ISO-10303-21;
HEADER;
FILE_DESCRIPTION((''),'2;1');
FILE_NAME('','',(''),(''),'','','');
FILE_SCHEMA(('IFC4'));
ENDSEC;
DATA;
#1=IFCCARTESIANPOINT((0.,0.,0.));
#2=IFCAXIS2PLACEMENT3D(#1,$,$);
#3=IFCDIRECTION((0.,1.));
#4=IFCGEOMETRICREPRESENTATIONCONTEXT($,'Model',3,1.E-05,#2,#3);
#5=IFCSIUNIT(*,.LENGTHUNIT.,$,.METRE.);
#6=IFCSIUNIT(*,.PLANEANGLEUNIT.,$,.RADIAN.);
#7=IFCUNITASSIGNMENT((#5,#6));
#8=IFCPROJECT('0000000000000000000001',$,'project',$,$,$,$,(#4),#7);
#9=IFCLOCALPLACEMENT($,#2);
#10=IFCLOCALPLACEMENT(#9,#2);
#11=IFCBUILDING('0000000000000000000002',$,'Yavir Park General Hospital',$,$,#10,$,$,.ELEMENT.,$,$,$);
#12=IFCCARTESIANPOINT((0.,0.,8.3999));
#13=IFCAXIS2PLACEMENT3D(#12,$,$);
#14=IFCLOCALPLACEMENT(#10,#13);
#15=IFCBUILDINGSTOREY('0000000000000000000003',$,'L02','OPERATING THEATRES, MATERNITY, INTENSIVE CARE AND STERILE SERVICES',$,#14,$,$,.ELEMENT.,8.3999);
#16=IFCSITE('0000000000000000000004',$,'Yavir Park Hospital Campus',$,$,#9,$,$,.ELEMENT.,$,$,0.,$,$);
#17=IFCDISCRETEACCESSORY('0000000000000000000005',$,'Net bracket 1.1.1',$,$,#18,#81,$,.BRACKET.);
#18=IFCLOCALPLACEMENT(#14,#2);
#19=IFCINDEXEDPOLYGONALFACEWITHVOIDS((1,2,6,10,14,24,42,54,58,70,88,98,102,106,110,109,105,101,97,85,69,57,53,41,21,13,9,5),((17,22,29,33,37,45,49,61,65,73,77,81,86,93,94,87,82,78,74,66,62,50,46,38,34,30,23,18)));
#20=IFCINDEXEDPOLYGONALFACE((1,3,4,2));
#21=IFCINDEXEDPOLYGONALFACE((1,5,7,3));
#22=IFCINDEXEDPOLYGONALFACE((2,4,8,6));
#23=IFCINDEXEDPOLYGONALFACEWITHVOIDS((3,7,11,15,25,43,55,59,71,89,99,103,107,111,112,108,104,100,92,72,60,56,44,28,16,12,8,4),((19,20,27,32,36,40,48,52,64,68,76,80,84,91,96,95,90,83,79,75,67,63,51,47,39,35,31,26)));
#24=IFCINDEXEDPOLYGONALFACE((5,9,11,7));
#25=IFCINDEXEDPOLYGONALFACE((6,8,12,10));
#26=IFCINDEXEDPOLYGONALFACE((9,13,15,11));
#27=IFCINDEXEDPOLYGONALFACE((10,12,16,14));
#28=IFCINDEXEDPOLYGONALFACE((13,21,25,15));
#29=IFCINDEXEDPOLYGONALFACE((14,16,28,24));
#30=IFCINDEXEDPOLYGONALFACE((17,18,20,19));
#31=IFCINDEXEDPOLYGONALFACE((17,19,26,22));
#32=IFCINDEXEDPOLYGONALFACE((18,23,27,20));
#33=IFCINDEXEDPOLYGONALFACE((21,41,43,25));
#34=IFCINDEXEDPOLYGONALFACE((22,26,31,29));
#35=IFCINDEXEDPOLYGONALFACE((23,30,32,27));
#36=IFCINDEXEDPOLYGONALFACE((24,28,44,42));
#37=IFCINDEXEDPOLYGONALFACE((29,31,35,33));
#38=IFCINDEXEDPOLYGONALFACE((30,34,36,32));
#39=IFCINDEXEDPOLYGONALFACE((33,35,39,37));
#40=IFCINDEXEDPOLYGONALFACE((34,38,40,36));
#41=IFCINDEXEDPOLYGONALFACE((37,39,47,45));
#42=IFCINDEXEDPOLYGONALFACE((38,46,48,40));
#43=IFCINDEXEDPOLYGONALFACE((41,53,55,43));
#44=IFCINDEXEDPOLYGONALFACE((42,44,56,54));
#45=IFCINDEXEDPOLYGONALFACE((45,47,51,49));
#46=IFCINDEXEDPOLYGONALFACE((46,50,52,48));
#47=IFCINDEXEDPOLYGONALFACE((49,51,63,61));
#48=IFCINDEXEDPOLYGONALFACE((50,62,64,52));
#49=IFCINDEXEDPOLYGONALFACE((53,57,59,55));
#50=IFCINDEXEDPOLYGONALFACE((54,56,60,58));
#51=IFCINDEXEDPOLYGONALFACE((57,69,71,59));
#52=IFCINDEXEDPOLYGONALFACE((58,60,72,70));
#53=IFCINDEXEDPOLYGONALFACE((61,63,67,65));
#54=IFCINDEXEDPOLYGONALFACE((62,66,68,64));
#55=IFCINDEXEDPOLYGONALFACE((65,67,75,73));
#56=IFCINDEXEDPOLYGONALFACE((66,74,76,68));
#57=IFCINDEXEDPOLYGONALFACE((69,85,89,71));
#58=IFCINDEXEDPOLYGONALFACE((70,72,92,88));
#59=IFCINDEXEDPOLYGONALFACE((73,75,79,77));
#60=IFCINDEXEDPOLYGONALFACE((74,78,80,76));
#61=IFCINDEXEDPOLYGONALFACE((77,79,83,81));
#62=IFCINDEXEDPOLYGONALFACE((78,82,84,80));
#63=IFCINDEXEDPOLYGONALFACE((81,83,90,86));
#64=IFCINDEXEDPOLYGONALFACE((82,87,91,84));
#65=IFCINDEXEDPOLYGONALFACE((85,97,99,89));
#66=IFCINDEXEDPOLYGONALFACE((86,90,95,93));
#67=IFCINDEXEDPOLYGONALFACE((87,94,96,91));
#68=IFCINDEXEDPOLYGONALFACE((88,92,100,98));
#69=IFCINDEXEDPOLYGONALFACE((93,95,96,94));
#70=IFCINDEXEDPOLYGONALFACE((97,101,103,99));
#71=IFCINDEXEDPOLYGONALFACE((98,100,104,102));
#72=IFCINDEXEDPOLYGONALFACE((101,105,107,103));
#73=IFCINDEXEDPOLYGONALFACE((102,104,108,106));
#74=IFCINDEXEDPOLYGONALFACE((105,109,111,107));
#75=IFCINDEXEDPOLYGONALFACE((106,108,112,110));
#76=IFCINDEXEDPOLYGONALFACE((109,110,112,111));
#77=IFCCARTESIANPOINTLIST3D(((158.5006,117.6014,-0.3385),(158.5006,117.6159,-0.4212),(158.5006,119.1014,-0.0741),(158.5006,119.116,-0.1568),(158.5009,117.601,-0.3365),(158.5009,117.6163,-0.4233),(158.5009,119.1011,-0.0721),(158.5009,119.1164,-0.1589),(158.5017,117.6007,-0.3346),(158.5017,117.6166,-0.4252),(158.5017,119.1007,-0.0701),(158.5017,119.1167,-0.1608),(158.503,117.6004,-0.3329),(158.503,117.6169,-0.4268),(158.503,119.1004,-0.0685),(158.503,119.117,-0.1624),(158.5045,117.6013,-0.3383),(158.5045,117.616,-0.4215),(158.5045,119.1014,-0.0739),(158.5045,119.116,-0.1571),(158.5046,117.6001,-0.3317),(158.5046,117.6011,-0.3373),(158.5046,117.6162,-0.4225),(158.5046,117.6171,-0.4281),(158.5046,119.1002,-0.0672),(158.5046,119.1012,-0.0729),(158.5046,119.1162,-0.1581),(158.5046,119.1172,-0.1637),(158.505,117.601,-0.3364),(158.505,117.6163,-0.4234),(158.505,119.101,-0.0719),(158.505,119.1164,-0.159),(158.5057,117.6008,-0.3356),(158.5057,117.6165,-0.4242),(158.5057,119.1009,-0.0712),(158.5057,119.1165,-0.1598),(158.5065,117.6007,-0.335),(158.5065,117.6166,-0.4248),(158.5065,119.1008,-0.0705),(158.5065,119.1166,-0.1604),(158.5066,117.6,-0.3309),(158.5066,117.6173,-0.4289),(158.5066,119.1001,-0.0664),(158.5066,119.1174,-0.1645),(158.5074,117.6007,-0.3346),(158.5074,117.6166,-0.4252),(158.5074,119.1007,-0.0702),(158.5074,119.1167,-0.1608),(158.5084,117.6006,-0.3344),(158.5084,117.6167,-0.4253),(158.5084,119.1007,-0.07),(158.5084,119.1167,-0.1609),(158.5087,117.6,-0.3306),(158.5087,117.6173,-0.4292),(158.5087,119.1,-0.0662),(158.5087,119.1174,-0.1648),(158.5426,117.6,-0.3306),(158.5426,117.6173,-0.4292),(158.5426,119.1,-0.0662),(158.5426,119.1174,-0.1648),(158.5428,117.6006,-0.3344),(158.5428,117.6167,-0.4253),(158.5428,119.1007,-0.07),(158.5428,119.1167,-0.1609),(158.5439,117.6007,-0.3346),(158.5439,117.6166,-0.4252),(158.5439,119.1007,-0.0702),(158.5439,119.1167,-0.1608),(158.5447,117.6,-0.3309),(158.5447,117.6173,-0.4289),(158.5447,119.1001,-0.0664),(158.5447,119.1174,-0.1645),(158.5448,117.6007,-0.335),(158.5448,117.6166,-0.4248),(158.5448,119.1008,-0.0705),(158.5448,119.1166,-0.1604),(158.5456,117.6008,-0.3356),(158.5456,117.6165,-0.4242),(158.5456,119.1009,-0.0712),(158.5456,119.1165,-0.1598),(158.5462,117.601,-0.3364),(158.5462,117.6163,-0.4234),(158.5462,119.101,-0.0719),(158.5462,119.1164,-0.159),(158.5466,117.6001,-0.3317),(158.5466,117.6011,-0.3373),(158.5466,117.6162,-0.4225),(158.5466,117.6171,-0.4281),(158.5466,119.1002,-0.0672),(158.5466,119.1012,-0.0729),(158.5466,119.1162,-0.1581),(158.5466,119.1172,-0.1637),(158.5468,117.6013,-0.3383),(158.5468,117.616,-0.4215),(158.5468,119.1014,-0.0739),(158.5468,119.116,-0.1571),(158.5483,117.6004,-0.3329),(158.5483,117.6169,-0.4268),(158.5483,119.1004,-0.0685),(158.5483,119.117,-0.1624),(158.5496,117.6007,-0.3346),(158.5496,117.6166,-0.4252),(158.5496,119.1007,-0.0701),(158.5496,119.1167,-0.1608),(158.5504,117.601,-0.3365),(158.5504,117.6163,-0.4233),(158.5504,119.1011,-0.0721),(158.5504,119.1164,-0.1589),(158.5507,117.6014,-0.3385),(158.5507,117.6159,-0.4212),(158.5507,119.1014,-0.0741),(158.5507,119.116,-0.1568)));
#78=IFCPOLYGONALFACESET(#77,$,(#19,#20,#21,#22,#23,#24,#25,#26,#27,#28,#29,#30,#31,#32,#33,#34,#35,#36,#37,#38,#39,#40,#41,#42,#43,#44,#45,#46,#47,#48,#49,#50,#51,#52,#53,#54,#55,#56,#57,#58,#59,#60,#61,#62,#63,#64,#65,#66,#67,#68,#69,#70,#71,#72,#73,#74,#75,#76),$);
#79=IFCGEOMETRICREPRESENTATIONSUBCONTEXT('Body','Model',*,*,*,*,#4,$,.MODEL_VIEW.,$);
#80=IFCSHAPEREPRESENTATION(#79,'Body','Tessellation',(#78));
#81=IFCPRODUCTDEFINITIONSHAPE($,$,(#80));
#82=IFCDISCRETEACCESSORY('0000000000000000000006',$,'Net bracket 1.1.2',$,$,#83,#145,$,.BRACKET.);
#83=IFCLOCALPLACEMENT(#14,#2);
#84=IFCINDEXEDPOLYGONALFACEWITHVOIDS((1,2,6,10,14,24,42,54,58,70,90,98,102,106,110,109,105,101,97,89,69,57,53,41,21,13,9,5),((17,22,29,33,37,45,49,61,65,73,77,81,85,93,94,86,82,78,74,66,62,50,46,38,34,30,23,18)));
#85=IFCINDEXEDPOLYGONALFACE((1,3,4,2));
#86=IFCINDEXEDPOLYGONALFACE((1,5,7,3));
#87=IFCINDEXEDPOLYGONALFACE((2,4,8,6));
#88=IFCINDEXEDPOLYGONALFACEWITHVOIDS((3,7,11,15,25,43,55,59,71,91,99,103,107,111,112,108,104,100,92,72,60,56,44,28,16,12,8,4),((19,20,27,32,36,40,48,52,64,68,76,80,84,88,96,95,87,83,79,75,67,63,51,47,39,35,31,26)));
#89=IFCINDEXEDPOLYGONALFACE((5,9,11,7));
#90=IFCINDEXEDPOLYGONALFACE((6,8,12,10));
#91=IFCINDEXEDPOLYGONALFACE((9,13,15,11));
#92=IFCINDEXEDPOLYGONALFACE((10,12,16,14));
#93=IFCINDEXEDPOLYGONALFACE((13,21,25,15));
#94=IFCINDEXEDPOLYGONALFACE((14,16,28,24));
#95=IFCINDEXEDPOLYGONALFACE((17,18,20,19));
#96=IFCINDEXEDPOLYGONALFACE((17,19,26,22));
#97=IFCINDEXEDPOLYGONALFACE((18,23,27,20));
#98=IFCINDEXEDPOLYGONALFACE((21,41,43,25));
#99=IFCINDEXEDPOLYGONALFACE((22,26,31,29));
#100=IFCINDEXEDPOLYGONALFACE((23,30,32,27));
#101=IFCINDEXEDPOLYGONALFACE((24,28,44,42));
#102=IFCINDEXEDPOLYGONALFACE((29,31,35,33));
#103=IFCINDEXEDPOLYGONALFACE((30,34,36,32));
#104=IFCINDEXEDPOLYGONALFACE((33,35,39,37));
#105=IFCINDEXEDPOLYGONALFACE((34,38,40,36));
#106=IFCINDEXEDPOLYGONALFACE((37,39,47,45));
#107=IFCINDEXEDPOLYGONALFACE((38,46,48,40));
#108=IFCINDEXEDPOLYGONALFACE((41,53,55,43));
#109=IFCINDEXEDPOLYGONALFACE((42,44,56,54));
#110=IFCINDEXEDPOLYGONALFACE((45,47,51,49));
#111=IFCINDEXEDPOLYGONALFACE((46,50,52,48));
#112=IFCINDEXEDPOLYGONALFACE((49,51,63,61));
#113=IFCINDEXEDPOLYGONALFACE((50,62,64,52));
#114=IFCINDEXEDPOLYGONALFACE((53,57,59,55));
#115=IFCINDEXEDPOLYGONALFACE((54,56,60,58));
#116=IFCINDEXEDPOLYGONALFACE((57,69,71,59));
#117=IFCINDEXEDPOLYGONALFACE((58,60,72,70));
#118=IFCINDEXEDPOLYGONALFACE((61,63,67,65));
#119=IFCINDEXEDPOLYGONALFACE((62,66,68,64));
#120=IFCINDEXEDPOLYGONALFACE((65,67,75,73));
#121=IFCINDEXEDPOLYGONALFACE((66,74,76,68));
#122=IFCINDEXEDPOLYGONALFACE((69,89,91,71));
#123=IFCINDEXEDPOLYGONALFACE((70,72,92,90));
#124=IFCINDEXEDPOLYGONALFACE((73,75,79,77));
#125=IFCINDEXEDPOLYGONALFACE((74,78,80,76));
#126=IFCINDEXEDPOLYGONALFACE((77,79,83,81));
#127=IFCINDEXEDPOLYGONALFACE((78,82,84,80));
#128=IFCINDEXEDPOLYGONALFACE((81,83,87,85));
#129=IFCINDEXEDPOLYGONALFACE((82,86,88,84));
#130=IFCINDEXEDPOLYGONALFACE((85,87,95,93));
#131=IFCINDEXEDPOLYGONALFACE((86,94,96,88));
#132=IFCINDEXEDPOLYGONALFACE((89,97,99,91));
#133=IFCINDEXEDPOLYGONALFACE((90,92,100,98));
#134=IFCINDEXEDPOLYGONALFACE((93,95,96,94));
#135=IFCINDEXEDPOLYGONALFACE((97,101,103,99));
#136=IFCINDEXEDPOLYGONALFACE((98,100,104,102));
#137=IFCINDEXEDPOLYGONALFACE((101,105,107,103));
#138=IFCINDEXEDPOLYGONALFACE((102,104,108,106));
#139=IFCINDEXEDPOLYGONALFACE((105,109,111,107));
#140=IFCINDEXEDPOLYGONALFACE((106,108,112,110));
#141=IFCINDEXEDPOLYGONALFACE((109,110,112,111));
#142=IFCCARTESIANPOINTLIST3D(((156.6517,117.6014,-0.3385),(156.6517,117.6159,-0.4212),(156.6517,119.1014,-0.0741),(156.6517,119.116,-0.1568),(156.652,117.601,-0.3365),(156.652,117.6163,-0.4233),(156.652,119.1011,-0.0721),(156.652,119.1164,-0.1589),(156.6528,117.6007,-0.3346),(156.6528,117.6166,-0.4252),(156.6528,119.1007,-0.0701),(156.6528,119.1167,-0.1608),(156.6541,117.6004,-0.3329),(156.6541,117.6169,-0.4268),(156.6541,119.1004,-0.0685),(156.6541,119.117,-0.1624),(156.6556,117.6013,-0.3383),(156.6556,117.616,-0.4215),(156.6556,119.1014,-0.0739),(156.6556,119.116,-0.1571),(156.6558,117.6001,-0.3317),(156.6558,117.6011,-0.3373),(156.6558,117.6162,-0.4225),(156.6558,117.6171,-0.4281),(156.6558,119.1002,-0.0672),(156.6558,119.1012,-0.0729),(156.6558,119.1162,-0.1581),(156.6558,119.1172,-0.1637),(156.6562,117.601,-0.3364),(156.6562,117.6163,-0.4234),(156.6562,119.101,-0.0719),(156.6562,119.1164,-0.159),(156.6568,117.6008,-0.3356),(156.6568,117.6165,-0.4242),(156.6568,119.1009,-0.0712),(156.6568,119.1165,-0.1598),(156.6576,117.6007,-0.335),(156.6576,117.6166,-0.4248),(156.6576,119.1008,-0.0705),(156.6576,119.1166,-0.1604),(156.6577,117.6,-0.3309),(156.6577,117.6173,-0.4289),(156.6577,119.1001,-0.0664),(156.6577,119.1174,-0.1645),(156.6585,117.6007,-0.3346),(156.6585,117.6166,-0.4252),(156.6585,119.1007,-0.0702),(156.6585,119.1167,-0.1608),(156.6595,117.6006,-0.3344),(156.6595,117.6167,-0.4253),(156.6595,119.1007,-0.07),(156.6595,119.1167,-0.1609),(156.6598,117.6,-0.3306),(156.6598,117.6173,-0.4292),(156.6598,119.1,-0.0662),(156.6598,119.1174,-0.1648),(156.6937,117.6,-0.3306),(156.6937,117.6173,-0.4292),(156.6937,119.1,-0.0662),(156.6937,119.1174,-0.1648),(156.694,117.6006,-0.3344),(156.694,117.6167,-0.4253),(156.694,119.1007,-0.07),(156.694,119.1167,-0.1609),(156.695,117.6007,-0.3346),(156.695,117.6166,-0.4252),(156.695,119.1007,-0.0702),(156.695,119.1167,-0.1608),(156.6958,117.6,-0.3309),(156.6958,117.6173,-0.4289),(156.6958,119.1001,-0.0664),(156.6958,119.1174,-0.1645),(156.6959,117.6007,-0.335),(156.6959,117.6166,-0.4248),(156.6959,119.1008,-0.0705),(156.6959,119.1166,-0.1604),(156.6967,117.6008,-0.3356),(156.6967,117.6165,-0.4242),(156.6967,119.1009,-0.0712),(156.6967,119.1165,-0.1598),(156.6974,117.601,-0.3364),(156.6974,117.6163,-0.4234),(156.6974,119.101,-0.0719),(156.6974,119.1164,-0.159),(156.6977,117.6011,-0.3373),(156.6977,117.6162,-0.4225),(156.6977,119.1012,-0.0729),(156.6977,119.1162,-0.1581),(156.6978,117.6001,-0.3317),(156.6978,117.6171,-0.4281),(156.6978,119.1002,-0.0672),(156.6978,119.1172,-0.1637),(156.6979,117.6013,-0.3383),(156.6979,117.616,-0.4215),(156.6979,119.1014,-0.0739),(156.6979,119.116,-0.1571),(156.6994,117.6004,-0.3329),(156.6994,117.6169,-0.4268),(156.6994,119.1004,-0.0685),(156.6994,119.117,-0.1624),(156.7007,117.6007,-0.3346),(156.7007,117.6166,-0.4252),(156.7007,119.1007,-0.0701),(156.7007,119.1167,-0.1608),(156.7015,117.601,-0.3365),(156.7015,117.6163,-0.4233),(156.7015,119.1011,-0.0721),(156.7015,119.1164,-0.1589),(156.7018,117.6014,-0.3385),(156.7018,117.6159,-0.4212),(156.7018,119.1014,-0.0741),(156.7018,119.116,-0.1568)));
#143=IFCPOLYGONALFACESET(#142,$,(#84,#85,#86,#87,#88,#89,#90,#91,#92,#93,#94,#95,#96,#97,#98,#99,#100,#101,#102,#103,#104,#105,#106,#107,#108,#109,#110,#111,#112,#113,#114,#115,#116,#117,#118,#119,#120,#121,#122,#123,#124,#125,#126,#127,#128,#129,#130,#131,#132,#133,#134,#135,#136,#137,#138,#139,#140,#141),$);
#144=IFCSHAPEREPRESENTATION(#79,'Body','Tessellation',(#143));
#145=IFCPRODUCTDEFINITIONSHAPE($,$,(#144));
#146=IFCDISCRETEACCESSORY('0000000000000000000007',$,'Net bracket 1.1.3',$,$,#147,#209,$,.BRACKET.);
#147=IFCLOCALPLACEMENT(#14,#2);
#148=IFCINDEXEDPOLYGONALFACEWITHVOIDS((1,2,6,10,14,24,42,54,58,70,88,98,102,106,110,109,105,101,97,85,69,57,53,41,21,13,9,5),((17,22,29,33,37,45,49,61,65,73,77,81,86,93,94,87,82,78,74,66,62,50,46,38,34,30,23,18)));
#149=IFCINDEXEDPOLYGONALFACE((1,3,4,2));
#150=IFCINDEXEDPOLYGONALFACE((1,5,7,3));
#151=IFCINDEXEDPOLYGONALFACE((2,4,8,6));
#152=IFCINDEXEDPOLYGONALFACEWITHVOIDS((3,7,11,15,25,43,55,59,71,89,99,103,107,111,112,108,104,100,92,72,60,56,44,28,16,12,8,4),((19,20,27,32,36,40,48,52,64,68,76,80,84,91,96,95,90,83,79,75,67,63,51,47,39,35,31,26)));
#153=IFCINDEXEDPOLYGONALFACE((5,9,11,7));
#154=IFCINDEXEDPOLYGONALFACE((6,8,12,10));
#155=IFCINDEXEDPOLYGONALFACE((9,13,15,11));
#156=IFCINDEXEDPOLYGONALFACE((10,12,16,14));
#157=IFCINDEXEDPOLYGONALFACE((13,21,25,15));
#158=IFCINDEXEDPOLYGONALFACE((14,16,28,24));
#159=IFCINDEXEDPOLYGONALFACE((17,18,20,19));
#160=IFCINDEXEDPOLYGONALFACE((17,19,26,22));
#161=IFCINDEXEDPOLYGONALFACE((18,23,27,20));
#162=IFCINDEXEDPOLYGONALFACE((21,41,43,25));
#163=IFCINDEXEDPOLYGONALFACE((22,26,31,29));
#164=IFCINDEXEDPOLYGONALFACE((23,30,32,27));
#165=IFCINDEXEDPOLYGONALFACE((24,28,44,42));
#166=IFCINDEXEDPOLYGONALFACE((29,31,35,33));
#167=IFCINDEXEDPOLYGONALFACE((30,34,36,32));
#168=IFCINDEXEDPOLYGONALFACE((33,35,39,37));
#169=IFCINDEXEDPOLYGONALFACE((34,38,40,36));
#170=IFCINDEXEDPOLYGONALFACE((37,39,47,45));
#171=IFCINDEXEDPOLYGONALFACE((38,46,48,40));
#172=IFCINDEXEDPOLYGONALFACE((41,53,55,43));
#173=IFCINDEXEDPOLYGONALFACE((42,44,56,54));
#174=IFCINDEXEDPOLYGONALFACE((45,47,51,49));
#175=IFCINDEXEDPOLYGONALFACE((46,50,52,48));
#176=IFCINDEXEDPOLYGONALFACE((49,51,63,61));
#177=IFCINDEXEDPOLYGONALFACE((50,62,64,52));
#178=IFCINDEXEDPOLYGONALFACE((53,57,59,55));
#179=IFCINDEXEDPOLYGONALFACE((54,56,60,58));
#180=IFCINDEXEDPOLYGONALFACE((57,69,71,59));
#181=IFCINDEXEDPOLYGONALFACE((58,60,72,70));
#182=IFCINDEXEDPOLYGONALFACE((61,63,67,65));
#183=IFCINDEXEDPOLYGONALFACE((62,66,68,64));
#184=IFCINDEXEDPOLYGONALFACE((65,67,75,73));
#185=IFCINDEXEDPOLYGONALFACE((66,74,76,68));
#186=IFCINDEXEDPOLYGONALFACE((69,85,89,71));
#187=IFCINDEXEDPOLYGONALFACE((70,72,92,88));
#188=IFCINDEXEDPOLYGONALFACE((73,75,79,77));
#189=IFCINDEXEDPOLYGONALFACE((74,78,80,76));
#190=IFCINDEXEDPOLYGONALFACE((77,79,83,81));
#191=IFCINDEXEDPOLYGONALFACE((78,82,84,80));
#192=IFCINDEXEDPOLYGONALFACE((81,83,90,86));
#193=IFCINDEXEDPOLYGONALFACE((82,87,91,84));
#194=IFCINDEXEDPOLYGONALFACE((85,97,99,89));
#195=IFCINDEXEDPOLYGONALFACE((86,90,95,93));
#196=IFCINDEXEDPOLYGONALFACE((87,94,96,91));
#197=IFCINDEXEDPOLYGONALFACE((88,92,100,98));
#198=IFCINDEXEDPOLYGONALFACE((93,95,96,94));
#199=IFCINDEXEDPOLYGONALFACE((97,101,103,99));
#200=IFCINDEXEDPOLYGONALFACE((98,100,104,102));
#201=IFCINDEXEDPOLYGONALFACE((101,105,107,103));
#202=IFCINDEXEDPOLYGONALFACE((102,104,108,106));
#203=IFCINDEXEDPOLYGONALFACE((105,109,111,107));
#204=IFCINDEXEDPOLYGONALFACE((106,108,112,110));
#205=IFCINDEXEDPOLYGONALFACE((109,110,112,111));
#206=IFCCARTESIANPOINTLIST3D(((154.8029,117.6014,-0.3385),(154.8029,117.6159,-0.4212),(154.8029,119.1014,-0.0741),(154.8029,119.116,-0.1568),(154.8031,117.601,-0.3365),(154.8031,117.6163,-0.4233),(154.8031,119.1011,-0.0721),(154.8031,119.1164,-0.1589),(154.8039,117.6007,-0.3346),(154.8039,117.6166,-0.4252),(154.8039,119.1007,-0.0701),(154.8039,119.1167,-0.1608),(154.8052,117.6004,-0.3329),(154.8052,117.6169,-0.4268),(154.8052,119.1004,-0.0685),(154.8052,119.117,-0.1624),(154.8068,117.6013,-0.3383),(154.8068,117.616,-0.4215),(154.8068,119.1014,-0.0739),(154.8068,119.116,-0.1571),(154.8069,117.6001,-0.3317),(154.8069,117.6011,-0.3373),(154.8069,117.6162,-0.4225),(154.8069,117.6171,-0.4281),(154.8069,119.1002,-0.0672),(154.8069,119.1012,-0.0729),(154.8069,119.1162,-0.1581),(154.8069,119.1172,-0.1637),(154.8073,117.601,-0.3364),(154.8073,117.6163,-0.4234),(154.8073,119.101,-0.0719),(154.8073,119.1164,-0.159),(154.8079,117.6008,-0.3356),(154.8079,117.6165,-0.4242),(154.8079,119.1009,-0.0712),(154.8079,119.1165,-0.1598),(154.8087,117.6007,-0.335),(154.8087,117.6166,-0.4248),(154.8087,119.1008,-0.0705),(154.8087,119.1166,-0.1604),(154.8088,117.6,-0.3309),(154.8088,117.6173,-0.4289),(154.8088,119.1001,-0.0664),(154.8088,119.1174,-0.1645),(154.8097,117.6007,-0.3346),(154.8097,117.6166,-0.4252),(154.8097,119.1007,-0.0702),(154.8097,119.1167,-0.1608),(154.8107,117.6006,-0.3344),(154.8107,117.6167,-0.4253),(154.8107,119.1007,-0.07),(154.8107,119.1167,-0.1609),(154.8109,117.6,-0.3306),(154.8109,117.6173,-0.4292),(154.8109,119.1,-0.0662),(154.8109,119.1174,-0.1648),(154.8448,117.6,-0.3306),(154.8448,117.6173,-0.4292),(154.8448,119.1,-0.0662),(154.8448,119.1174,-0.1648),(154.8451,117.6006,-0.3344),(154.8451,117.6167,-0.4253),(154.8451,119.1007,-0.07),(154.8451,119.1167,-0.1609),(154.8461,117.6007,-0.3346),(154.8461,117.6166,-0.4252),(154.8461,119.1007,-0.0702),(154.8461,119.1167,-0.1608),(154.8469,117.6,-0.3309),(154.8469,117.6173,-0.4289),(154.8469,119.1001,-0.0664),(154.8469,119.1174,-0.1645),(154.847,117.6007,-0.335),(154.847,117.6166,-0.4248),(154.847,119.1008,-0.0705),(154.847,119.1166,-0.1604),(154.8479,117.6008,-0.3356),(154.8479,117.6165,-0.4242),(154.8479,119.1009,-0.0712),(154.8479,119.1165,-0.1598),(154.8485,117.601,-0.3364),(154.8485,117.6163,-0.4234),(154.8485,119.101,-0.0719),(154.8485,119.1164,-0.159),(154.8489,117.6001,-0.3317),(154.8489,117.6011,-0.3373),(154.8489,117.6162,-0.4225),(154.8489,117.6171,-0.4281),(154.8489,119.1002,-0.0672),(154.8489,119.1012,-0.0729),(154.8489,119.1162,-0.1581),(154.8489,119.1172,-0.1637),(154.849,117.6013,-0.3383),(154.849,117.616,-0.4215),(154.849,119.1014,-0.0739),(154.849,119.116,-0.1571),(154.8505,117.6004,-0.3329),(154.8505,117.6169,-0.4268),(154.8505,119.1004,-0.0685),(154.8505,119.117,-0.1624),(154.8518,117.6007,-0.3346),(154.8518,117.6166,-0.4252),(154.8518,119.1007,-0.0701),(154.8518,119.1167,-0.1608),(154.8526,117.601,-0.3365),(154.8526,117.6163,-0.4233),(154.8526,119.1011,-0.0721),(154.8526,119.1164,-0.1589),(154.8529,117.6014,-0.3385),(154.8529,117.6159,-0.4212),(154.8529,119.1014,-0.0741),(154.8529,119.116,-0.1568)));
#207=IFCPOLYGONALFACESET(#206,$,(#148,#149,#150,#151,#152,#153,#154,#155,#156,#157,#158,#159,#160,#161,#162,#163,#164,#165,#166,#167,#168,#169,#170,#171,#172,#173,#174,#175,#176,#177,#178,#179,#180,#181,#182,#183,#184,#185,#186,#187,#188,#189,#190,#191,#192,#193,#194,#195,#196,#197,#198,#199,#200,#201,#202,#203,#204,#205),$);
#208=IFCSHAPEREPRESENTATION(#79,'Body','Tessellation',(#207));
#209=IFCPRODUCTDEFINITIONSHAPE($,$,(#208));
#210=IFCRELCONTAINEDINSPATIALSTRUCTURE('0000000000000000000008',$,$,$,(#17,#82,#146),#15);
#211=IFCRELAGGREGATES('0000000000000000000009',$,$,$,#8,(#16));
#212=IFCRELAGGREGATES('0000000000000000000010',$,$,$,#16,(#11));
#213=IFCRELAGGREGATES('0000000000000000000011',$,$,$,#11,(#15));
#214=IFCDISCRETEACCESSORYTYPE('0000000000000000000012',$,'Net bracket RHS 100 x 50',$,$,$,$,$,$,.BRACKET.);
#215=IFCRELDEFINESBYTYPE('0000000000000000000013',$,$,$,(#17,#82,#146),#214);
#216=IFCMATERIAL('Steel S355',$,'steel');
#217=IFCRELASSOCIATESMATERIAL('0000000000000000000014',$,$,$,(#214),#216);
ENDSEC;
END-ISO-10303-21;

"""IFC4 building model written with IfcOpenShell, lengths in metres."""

from ifc_helpers import new_model, si_unit, direction, frame, origin, origin_2d, place, context, subcontext, project, spatial, hollow_rectangle, extrude, material, material_profile, profile_set, type_object, element, save


model = new_model("IFC4")

# Units and contexts
model_context = context("Model", 3, precision=1e-05, world=origin(), true_north=direction((0.0, 1.0)))
body_context = subcontext(model_context, "Body", "Model", "MODEL_VIEW")
ifc_project = project(units=[si_unit("LENGTHUNIT", "METRE"), si_unit("PLANEANGLEUNIT", "RADIAN")], contexts=[model_context])

# Site, building, storey
site_placement = place(None, origin())
site = spatial("IfcSite", under=ifc_project, at=site_placement, Name="Yavir Park Hospital Campus", CompositionType="ELEMENT", RefElevation=0.0)
building_placement = place(site_placement, origin())
building = spatial("IfcBuilding", under=site, at=building_placement, Name="Yavir Park General Hospital", CompositionType="ELEMENT")
storey_placement = place(building_placement, frame((0.0, 0.0, 8.3999)))
storey = spatial("IfcBuildingStorey", under=building, at=storey_placement, Name="L02", Description="OPERATING THEATRES, MATERNITY, INTENSIVE CARE AND STERILE SERVICES", CompositionType="ELEMENT", Elevation=8.3999)

# Discrete accessories
ifc_material_1 = material(Name="Steel S355", Category="steel")
ifc_material_profile_1 = material_profile(ifc_material_1, hollow_rectangle(XDim=0.05, YDim=0.1001, WallThickness=0.0039, InnerFilletRadius=0.0039, OuterFilletRadius=0.0081, at=origin_2d()), Name="RHS100x50x4")
ifc_profile_set_1 = profile_set([ifc_material_profile_1], Name="Steel S355")
discrete_accessory_type = type_object("IfcDiscreteAccessoryType", Name="Net bracket RHS 100 x 50", PredefinedType="BRACKET", material=ifc_profile_set_1)
for number, where, z_axis, x_axis, name in (
    (1, (158.5256, 117.6086, -0.3799), (0.0, 0.984817, 0.173593), (-1.0, 0.0, 0.0), "Net bracket 1.1.1"),
    (2, (156.6768, 117.6086, -0.3799), (0.0, 0.984817, 0.173593), (-1.0, 0.0, 0.0), "Net bracket 1.1.2"),
    (3, (154.8279, 117.6086, -0.3799), (0.0, 0.984817, 0.173593), (-1.0, 0.0, 0.0), "Net bracket 1.1.3"),
):
    element("IfcDiscreteAccessory", number, at=place(storey_placement, frame(where, z_axis=z_axis, x_axis=x_axis)), inside=storey, type_object=discrete_accessory_type, Name=name, PredefinedType="BRACKET", context=body_context, shape_type="SweptSolid", body=[
        extrude(hollow_rectangle(XDim=0.05, YDim=0.1001, WallThickness=0.0039, InnerFilletRadius=0.0039, OuterFilletRadius=0.0081, at=origin_2d()), origin(), (0.0, 0.0, 1.0), 1.5232),
    ])

save(model, "model.ifc")
